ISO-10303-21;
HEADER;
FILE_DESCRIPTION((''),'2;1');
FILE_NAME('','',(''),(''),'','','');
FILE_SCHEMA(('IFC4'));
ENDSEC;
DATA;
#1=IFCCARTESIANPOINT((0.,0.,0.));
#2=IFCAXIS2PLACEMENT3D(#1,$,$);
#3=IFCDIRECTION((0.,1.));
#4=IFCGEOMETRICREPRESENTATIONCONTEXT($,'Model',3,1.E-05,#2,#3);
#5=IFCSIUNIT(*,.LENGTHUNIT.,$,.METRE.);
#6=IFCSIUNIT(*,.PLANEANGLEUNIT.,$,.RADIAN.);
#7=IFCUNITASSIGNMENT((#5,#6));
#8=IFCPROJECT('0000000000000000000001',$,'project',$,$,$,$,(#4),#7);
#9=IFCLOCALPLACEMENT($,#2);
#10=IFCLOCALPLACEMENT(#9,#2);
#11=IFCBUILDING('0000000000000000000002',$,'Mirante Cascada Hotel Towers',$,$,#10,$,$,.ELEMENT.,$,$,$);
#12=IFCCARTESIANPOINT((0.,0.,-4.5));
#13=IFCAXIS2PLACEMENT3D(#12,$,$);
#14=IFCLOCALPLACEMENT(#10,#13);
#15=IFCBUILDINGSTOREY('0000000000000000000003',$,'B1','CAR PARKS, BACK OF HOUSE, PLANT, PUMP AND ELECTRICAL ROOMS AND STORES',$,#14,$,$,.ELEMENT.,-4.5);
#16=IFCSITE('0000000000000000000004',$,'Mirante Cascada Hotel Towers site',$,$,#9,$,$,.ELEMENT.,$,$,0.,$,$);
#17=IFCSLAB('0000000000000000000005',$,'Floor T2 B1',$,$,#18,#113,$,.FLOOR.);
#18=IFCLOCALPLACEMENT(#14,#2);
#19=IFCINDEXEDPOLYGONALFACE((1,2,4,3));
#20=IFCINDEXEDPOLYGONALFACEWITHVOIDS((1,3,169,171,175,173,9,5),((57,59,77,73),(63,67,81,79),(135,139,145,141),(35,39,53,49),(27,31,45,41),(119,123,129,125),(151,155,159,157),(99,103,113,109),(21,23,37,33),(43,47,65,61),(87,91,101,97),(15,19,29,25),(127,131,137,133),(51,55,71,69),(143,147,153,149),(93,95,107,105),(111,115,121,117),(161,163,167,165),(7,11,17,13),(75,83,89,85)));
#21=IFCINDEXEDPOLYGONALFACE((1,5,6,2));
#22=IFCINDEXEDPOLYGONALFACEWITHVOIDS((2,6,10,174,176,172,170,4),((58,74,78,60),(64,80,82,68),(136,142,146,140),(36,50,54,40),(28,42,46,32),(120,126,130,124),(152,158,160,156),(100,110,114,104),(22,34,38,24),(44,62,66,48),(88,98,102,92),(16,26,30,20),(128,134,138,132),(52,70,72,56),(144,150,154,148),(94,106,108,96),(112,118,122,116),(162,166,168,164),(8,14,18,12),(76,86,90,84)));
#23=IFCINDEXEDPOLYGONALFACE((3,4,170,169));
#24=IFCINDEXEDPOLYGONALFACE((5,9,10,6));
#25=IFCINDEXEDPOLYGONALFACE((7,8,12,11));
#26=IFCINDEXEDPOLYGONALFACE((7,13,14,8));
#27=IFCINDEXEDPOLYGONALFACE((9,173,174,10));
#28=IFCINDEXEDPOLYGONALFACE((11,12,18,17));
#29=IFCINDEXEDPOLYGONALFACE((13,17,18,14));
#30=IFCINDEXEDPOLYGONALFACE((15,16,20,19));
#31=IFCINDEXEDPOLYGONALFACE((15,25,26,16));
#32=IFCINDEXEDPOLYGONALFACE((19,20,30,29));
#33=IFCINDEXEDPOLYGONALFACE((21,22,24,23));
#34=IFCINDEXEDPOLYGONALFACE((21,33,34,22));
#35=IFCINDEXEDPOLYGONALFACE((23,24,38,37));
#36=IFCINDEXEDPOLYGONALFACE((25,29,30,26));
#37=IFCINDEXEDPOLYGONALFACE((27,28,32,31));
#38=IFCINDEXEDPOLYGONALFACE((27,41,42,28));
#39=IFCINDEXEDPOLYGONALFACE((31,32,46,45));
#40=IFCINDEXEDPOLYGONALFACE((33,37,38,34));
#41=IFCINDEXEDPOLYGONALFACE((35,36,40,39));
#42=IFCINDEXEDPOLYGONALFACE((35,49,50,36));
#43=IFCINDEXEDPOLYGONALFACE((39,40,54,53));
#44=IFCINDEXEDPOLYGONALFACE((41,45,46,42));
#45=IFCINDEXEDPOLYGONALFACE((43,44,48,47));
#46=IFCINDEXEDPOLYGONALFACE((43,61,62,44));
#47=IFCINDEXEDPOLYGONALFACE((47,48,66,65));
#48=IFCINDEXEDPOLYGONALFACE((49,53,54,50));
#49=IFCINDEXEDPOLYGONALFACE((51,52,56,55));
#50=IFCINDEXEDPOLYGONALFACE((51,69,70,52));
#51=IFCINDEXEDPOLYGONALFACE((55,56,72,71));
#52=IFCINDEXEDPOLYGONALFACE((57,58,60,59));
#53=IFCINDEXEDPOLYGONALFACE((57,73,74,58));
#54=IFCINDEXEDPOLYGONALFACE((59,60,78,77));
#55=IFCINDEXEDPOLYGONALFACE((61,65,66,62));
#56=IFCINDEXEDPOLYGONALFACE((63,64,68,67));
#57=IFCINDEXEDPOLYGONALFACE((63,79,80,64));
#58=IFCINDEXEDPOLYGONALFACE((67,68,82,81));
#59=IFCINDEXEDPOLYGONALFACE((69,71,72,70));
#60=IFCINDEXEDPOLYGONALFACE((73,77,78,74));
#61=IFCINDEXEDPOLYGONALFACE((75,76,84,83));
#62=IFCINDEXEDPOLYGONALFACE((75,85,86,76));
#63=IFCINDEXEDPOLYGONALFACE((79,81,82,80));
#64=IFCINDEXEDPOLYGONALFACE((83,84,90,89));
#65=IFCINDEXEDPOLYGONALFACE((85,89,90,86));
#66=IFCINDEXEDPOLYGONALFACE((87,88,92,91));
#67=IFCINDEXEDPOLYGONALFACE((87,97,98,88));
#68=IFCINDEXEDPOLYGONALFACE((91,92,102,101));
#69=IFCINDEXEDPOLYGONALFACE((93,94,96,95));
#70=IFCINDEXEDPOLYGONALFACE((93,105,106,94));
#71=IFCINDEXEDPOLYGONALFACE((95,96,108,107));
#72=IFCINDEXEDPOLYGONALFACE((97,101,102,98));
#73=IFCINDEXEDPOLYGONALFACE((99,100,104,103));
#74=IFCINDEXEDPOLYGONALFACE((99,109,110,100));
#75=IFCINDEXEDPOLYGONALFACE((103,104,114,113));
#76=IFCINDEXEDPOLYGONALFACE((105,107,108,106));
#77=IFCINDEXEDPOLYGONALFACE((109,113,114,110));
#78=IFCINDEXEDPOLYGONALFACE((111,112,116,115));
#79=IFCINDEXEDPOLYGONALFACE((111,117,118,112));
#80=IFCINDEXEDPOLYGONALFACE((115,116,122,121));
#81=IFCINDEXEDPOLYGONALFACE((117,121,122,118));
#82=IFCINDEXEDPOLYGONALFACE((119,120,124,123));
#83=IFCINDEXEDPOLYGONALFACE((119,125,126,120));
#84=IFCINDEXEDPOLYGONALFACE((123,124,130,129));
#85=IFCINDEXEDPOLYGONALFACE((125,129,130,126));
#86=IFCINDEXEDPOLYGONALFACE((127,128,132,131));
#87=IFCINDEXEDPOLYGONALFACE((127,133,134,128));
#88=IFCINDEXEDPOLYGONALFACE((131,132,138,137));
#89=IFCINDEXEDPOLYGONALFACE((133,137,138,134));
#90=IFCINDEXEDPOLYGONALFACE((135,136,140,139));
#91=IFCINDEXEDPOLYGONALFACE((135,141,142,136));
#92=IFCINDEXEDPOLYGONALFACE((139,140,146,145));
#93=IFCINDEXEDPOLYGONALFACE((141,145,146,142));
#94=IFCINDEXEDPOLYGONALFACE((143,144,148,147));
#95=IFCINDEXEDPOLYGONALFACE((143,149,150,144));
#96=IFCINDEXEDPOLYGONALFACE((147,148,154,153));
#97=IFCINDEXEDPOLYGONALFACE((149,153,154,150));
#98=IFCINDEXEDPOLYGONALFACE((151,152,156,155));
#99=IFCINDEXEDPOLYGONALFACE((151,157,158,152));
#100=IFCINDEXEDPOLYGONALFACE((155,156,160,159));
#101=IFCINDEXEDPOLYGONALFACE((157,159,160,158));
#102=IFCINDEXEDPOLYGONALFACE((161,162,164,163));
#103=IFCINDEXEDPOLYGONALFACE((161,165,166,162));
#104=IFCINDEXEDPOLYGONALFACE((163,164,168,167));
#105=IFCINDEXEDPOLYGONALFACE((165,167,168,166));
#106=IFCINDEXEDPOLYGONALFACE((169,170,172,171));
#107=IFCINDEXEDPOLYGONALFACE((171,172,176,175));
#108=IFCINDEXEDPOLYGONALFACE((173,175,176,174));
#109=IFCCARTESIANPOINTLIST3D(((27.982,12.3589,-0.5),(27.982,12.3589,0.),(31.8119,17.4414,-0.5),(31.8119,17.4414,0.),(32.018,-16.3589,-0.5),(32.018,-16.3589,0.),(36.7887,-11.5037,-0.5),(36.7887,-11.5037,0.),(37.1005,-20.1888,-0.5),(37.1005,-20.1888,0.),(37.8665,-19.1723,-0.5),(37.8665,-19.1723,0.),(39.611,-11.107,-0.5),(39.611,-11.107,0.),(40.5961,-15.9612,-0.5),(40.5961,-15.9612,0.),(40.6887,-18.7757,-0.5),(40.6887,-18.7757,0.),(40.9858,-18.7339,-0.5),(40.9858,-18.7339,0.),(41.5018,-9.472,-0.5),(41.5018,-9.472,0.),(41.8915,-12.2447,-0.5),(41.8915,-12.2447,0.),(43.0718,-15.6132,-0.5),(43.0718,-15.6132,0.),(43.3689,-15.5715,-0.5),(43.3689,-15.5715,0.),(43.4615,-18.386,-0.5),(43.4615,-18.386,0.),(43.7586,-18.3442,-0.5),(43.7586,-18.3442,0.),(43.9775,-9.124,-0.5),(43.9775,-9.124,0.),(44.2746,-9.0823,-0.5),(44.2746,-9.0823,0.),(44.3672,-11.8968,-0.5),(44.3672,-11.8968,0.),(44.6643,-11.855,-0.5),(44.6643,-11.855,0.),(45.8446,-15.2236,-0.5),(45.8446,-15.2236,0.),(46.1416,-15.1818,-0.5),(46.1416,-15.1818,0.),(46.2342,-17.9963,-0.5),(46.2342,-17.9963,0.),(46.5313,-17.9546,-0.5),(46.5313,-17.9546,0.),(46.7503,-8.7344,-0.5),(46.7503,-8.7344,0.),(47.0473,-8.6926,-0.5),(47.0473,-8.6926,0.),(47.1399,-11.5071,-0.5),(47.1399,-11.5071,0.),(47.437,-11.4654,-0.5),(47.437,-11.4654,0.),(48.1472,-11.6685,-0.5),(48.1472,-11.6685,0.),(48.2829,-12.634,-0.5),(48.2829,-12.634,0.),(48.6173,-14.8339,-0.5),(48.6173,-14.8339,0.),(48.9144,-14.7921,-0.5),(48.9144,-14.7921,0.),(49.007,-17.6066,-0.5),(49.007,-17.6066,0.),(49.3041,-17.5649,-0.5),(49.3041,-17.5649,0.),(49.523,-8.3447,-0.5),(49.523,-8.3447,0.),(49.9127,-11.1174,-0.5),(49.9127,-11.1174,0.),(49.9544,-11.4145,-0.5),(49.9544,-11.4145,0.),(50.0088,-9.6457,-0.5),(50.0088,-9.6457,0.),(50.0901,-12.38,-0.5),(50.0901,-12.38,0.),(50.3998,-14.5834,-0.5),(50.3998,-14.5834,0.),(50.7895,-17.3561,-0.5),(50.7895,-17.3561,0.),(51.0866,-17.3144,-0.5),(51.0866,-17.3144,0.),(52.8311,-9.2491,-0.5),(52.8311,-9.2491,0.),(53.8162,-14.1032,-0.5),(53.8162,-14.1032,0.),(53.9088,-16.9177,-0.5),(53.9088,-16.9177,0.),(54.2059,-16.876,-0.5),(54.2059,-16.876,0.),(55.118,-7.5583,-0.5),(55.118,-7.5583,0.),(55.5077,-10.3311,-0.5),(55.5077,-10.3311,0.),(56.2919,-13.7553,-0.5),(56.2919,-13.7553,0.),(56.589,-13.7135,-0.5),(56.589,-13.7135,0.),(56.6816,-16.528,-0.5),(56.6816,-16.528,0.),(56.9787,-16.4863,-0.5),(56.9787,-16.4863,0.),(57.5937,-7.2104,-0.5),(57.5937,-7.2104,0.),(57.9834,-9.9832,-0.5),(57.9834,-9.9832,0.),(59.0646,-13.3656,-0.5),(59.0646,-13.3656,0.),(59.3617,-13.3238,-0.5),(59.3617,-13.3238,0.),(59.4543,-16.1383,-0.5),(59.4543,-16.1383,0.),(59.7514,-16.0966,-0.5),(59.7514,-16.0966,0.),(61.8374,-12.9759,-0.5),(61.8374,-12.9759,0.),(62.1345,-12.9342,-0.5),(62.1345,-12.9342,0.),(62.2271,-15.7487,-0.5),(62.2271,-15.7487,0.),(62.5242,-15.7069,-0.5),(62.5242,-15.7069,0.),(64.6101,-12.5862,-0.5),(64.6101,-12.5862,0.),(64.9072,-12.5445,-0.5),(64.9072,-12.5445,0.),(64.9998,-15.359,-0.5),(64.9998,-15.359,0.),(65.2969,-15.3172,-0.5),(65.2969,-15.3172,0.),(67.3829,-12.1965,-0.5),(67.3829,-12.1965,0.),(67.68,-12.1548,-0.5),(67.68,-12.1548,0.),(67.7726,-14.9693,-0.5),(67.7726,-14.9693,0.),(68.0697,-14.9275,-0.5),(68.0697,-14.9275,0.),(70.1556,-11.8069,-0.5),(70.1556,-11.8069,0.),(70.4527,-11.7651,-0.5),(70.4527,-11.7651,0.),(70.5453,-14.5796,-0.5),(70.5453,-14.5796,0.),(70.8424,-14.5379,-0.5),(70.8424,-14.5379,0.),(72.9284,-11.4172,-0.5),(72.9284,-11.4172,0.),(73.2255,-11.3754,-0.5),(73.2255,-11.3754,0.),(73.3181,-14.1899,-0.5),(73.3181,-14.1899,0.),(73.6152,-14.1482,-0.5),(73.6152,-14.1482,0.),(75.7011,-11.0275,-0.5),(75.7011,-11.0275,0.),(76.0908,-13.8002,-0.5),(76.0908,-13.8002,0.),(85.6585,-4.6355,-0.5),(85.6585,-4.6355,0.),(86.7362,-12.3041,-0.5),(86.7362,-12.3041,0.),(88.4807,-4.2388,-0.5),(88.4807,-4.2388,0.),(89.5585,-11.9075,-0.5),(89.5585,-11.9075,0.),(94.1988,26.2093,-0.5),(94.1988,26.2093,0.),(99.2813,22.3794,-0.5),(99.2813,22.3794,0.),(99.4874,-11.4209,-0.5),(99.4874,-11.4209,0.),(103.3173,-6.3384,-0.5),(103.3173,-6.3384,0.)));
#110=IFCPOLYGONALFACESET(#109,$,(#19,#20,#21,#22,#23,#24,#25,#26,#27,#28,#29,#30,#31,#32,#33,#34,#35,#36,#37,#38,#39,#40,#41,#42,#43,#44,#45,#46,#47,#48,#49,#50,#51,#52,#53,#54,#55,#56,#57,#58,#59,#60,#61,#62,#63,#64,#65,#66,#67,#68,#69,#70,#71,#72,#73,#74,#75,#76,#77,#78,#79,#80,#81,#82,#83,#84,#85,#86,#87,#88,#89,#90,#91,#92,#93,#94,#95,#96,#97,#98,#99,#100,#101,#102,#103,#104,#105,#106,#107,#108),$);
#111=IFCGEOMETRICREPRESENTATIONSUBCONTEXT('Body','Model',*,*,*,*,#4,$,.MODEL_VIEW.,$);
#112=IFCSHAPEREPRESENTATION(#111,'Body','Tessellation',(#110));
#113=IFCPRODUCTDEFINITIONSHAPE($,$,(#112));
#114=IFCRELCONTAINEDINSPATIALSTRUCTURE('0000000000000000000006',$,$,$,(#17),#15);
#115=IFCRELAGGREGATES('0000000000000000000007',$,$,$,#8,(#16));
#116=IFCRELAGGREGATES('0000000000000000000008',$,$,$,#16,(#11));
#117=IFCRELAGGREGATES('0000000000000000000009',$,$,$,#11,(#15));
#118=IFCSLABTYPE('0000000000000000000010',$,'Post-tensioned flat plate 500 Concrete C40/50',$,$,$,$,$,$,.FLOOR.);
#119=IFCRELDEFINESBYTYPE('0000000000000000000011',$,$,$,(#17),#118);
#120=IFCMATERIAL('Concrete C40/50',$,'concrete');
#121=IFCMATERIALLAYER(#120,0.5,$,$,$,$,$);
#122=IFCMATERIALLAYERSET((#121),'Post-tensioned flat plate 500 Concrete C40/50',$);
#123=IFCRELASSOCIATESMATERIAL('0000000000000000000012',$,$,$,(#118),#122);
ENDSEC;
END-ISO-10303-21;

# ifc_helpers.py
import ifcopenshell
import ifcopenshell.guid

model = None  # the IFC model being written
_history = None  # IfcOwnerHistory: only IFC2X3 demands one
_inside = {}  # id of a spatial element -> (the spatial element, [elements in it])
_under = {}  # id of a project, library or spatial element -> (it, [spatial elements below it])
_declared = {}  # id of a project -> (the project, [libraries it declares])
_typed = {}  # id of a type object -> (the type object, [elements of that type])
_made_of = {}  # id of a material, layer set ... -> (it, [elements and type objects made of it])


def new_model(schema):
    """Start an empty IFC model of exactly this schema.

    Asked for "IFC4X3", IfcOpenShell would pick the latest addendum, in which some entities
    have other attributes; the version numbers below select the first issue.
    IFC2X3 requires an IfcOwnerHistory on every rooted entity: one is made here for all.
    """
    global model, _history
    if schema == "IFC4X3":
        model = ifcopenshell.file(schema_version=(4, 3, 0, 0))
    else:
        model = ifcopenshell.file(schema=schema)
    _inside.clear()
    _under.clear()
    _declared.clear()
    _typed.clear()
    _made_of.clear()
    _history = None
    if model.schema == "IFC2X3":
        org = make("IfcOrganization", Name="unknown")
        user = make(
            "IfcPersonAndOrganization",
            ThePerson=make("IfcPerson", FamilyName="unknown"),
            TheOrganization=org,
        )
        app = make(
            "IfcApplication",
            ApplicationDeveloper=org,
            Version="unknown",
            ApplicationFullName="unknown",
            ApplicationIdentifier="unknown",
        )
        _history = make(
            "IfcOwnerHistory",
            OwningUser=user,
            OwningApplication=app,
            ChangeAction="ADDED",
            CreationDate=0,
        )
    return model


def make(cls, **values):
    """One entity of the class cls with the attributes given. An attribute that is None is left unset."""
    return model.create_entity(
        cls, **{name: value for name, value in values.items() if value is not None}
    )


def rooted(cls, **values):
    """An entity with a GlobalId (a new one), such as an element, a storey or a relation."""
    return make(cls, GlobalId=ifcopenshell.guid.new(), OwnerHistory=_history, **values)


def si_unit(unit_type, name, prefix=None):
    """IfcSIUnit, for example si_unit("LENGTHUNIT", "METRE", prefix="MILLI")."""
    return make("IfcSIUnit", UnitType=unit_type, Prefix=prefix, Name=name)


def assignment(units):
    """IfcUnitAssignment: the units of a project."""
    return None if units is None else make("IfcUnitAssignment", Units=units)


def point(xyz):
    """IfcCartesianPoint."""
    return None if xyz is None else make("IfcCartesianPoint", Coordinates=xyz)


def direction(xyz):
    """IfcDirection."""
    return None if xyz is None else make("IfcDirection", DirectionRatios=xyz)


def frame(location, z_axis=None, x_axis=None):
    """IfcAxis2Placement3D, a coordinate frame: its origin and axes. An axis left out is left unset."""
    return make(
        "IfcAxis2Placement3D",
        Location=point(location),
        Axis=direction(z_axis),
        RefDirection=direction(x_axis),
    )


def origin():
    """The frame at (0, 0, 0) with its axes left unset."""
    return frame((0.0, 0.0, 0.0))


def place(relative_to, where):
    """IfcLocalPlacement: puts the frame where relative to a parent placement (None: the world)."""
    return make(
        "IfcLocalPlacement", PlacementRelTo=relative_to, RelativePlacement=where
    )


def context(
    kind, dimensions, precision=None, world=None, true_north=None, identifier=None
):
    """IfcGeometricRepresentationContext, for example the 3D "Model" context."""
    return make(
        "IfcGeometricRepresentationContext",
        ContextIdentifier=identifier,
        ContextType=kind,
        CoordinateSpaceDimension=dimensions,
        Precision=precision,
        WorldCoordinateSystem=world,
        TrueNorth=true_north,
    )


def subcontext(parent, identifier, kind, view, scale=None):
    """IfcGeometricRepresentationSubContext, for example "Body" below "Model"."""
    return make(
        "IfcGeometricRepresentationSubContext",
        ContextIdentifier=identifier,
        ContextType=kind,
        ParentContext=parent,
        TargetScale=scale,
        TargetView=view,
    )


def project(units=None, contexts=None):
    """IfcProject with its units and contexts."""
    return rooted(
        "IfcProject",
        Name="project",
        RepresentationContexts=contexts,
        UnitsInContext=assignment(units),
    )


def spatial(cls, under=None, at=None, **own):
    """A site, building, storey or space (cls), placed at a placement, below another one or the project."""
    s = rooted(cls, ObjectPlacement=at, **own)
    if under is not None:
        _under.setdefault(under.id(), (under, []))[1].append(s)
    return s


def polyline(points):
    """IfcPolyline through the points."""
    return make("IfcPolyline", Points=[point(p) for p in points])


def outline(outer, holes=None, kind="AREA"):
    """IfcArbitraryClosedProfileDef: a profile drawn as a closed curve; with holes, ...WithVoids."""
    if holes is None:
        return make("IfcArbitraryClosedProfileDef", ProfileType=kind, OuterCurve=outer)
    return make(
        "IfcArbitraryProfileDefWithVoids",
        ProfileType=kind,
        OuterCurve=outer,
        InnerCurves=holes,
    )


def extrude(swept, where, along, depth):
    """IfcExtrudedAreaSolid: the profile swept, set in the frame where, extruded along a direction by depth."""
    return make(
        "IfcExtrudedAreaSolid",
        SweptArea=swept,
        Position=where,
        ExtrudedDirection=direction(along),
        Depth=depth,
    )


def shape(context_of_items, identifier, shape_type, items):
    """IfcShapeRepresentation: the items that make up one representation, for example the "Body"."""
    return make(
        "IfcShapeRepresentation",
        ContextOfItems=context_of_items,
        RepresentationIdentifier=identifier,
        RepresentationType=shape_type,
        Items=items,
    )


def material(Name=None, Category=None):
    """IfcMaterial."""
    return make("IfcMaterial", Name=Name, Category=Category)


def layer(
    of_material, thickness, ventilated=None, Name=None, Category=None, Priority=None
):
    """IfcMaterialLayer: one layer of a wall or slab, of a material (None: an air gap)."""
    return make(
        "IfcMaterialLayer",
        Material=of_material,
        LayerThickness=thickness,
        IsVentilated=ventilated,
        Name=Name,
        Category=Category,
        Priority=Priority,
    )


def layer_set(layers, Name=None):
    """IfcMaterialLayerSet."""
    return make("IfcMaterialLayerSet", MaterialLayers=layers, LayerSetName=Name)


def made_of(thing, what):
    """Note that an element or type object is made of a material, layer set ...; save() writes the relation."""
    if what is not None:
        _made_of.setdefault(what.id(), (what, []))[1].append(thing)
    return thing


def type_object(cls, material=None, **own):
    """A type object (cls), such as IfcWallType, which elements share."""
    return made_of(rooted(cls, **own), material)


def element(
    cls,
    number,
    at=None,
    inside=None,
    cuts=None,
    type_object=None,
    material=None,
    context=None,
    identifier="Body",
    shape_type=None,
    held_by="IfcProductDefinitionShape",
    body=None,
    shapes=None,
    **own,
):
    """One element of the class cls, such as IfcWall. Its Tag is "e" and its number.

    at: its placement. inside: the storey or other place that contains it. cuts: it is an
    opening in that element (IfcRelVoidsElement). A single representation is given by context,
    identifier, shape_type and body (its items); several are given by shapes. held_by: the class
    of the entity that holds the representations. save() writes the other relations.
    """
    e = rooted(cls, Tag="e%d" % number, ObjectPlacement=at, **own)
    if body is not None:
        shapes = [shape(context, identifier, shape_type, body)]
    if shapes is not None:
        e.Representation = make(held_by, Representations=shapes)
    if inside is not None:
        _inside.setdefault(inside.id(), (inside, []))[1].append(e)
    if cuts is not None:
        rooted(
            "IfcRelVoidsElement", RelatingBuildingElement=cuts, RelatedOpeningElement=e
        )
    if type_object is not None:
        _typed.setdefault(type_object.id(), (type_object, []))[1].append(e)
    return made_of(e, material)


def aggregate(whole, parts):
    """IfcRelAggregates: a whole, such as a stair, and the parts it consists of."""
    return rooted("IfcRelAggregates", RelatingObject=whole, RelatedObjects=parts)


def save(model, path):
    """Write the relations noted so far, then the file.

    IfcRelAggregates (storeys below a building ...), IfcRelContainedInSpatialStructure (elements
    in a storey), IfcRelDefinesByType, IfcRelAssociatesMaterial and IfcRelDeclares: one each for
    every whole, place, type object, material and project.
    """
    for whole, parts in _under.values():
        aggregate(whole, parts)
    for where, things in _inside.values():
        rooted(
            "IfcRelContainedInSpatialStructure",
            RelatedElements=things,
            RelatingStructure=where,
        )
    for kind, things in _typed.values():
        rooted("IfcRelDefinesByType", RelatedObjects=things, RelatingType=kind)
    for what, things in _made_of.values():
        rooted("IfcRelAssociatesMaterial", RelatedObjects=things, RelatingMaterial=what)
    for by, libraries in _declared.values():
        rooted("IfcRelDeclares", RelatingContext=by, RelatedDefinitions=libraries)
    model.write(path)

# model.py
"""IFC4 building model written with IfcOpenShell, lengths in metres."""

from ifc_helpers import new_model, si_unit, direction, frame, origin, place, context, subcontext, project, spatial, polyline, outline, extrude, material, layer, layer_set, type_object, element, save


model = new_model("IFC4")

# Units and contexts
model_context = context("Model", 3, precision=1e-05, world=origin(), true_north=direction((0.0, 1.0)))
body_context = subcontext(model_context, "Body", "Model", "MODEL_VIEW")
ifc_project = project(units=[si_unit("LENGTHUNIT", "METRE"), si_unit("PLANEANGLEUNIT", "RADIAN")], contexts=[model_context])

# Site, building, storey
site_placement = place(None, origin())
site = spatial("IfcSite", under=ifc_project, at=site_placement, Name="Mirante Cascada Hotel Towers site", CompositionType="ELEMENT", RefElevation=0.0)
building_placement = place(site_placement, origin())
building = spatial("IfcBuilding", under=site, at=building_placement, Name="Mirante Cascada Hotel Towers", CompositionType="ELEMENT")
storey_placement = place(building_placement, frame((0.0, 0.0, -4.5)))
storey = spatial("IfcBuildingStorey", under=building, at=storey_placement, Name="B1", Description="CAR PARKS, BACK OF HOUSE, PLANT, PUMP AND ELECTRICAL ROOMS AND STORES", CompositionType="ELEMENT", Elevation=-4.5)

# Slab
ifc_material_1 = material(Name="Concrete C40/50", Category="concrete")
ifc_layer_1 = layer(ifc_material_1, 0.5)
ifc_layer_set_1 = layer_set([ifc_layer_1], Name="Post-tensioned flat plate 500 Concrete C40/50")
slab_type_1 = type_object("IfcSlabType", Name="Post-tensioned flat plate 500 Concrete C40/50", PredefinedType="FLOOR", material=ifc_layer_set_1)
slab_1_placement = place(storey_placement, frame((0.0, 0.0, -0.5)))
element("IfcSlab", 1, at=slab_1_placement, inside=storey, type_object=slab_type_1, Name="Floor T2 B1", PredefinedType="FLOOR", context=body_context, shape_type="SweptSolid", body=[
    extrude(outline(polyline([(32.018, -16.3589), (27.982, 12.3589), (31.8119, 17.4414), (94.1988, 26.2093), (99.2813, 22.3794), (103.3173, -6.3384), (99.4874, -11.4209), (37.1005, -20.1888), (32.018, -16.3589)]), holes=[polyline([(43.0718, -15.6132), (40.5961, -15.9612), (40.9858, -18.7339), (43.4615, -18.386), (43.0718, -15.6132)]), polyline([(45.8446, -15.2236), (43.3689, -15.5715), (43.7586, -18.3442), (46.2342, -17.9963), (45.8446, -15.2236)]), polyline([(48.6173, -14.8339), (46.1416, -15.1818), (46.5313, -17.9546), (49.007, -17.6066), (48.6173, -14.8339)]), polyline([(50.7895, -17.3561), (50.3998, -14.5834), (48.9144, -14.7921), (49.3041, -17.5649), (50.7895, -17.3561)]), polyline([(36.7887, -11.5037), (37.8665, -19.1723), (40.6887, -18.7757), (39.611, -11.107), (36.7887, -11.5037)]), polyline([(51.0866, -17.3144), (53.9088, -16.9177), (52.8311, -9.2491), (50.0088, -9.6457), (51.0866, -17.3144)]), polyline([(49.9544, -11.4145), (48.1472, -11.6685), (48.2829, -12.634), (50.0901, -12.38), (49.9544, -11.4145)]), polyline([(43.9775, -9.124), (41.5018, -9.472), (41.8915, -12.2447), (44.3672, -11.8968), (43.9775, -9.124)]), polyline([(47.1399, -11.5071), (46.7503, -8.7344), (44.2746, -9.0823), (44.6643, -11.855), (47.1399, -11.5071)]), polyline([(49.9127, -11.1174), (49.523, -8.3447), (47.0473, -8.6926), (47.437, -11.4654), (49.9127, -11.1174)]), polyline([(56.2919, -13.7553), (53.8162, -14.1032), (54.2059, -16.876), (56.6816, -16.528), (56.2919, -13.7553)]), polyline([(59.0646, -13.3656), (56.589, -13.7135), (56.9787, -16.4863), (59.4543, -16.1383), (59.0646, -13.3656)]), polyline([(61.8374, -12.9759), (59.3617, -13.3238), (59.7514, -16.0966), (62.2271, -15.7487), (61.8374, -12.9759)]), polyline([(64.9998, -15.359), (64.6101, -12.5862), (62.1345, -12.9342), (62.5242, -15.7069), (64.9998, -15.359)]), polyline([(67.7726, -14.9693), (67.3829, -12.1965), (64.9072, -12.5445), (65.2969, -15.3172), (67.7726, -14.9693)]), polyline([(70.1556, -11.8069), (67.68, -12.1548), (68.0697, -14.9275), (70.5453, -14.5796), (70.1556, -11.8069)]), polyline([(72.9284, -11.4172), (70.4527, -11.7651), (70.8424, -14.5379), (73.3181, -14.1899), (72.9284, -11.4172)]), polyline([(75.7011, -11.0275), (73.2255, -11.3754), (73.6152, -14.1482), (76.0908, -13.8002), (75.7011, -11.0275)]), polyline([(85.6585, -4.6355), (86.7362, -12.3041), (89.5585, -11.9075), (88.4807, -4.2388), (85.6585, -4.6355)]), polyline([(57.9834, -9.9832), (57.5937, -7.2104), (55.118, -7.5583), (55.5077, -10.3311), (57.9834, -9.9832)])]), origin(), (0.0, 0.0, 1.0), 0.5),
])

save(model, "model.ifc")
